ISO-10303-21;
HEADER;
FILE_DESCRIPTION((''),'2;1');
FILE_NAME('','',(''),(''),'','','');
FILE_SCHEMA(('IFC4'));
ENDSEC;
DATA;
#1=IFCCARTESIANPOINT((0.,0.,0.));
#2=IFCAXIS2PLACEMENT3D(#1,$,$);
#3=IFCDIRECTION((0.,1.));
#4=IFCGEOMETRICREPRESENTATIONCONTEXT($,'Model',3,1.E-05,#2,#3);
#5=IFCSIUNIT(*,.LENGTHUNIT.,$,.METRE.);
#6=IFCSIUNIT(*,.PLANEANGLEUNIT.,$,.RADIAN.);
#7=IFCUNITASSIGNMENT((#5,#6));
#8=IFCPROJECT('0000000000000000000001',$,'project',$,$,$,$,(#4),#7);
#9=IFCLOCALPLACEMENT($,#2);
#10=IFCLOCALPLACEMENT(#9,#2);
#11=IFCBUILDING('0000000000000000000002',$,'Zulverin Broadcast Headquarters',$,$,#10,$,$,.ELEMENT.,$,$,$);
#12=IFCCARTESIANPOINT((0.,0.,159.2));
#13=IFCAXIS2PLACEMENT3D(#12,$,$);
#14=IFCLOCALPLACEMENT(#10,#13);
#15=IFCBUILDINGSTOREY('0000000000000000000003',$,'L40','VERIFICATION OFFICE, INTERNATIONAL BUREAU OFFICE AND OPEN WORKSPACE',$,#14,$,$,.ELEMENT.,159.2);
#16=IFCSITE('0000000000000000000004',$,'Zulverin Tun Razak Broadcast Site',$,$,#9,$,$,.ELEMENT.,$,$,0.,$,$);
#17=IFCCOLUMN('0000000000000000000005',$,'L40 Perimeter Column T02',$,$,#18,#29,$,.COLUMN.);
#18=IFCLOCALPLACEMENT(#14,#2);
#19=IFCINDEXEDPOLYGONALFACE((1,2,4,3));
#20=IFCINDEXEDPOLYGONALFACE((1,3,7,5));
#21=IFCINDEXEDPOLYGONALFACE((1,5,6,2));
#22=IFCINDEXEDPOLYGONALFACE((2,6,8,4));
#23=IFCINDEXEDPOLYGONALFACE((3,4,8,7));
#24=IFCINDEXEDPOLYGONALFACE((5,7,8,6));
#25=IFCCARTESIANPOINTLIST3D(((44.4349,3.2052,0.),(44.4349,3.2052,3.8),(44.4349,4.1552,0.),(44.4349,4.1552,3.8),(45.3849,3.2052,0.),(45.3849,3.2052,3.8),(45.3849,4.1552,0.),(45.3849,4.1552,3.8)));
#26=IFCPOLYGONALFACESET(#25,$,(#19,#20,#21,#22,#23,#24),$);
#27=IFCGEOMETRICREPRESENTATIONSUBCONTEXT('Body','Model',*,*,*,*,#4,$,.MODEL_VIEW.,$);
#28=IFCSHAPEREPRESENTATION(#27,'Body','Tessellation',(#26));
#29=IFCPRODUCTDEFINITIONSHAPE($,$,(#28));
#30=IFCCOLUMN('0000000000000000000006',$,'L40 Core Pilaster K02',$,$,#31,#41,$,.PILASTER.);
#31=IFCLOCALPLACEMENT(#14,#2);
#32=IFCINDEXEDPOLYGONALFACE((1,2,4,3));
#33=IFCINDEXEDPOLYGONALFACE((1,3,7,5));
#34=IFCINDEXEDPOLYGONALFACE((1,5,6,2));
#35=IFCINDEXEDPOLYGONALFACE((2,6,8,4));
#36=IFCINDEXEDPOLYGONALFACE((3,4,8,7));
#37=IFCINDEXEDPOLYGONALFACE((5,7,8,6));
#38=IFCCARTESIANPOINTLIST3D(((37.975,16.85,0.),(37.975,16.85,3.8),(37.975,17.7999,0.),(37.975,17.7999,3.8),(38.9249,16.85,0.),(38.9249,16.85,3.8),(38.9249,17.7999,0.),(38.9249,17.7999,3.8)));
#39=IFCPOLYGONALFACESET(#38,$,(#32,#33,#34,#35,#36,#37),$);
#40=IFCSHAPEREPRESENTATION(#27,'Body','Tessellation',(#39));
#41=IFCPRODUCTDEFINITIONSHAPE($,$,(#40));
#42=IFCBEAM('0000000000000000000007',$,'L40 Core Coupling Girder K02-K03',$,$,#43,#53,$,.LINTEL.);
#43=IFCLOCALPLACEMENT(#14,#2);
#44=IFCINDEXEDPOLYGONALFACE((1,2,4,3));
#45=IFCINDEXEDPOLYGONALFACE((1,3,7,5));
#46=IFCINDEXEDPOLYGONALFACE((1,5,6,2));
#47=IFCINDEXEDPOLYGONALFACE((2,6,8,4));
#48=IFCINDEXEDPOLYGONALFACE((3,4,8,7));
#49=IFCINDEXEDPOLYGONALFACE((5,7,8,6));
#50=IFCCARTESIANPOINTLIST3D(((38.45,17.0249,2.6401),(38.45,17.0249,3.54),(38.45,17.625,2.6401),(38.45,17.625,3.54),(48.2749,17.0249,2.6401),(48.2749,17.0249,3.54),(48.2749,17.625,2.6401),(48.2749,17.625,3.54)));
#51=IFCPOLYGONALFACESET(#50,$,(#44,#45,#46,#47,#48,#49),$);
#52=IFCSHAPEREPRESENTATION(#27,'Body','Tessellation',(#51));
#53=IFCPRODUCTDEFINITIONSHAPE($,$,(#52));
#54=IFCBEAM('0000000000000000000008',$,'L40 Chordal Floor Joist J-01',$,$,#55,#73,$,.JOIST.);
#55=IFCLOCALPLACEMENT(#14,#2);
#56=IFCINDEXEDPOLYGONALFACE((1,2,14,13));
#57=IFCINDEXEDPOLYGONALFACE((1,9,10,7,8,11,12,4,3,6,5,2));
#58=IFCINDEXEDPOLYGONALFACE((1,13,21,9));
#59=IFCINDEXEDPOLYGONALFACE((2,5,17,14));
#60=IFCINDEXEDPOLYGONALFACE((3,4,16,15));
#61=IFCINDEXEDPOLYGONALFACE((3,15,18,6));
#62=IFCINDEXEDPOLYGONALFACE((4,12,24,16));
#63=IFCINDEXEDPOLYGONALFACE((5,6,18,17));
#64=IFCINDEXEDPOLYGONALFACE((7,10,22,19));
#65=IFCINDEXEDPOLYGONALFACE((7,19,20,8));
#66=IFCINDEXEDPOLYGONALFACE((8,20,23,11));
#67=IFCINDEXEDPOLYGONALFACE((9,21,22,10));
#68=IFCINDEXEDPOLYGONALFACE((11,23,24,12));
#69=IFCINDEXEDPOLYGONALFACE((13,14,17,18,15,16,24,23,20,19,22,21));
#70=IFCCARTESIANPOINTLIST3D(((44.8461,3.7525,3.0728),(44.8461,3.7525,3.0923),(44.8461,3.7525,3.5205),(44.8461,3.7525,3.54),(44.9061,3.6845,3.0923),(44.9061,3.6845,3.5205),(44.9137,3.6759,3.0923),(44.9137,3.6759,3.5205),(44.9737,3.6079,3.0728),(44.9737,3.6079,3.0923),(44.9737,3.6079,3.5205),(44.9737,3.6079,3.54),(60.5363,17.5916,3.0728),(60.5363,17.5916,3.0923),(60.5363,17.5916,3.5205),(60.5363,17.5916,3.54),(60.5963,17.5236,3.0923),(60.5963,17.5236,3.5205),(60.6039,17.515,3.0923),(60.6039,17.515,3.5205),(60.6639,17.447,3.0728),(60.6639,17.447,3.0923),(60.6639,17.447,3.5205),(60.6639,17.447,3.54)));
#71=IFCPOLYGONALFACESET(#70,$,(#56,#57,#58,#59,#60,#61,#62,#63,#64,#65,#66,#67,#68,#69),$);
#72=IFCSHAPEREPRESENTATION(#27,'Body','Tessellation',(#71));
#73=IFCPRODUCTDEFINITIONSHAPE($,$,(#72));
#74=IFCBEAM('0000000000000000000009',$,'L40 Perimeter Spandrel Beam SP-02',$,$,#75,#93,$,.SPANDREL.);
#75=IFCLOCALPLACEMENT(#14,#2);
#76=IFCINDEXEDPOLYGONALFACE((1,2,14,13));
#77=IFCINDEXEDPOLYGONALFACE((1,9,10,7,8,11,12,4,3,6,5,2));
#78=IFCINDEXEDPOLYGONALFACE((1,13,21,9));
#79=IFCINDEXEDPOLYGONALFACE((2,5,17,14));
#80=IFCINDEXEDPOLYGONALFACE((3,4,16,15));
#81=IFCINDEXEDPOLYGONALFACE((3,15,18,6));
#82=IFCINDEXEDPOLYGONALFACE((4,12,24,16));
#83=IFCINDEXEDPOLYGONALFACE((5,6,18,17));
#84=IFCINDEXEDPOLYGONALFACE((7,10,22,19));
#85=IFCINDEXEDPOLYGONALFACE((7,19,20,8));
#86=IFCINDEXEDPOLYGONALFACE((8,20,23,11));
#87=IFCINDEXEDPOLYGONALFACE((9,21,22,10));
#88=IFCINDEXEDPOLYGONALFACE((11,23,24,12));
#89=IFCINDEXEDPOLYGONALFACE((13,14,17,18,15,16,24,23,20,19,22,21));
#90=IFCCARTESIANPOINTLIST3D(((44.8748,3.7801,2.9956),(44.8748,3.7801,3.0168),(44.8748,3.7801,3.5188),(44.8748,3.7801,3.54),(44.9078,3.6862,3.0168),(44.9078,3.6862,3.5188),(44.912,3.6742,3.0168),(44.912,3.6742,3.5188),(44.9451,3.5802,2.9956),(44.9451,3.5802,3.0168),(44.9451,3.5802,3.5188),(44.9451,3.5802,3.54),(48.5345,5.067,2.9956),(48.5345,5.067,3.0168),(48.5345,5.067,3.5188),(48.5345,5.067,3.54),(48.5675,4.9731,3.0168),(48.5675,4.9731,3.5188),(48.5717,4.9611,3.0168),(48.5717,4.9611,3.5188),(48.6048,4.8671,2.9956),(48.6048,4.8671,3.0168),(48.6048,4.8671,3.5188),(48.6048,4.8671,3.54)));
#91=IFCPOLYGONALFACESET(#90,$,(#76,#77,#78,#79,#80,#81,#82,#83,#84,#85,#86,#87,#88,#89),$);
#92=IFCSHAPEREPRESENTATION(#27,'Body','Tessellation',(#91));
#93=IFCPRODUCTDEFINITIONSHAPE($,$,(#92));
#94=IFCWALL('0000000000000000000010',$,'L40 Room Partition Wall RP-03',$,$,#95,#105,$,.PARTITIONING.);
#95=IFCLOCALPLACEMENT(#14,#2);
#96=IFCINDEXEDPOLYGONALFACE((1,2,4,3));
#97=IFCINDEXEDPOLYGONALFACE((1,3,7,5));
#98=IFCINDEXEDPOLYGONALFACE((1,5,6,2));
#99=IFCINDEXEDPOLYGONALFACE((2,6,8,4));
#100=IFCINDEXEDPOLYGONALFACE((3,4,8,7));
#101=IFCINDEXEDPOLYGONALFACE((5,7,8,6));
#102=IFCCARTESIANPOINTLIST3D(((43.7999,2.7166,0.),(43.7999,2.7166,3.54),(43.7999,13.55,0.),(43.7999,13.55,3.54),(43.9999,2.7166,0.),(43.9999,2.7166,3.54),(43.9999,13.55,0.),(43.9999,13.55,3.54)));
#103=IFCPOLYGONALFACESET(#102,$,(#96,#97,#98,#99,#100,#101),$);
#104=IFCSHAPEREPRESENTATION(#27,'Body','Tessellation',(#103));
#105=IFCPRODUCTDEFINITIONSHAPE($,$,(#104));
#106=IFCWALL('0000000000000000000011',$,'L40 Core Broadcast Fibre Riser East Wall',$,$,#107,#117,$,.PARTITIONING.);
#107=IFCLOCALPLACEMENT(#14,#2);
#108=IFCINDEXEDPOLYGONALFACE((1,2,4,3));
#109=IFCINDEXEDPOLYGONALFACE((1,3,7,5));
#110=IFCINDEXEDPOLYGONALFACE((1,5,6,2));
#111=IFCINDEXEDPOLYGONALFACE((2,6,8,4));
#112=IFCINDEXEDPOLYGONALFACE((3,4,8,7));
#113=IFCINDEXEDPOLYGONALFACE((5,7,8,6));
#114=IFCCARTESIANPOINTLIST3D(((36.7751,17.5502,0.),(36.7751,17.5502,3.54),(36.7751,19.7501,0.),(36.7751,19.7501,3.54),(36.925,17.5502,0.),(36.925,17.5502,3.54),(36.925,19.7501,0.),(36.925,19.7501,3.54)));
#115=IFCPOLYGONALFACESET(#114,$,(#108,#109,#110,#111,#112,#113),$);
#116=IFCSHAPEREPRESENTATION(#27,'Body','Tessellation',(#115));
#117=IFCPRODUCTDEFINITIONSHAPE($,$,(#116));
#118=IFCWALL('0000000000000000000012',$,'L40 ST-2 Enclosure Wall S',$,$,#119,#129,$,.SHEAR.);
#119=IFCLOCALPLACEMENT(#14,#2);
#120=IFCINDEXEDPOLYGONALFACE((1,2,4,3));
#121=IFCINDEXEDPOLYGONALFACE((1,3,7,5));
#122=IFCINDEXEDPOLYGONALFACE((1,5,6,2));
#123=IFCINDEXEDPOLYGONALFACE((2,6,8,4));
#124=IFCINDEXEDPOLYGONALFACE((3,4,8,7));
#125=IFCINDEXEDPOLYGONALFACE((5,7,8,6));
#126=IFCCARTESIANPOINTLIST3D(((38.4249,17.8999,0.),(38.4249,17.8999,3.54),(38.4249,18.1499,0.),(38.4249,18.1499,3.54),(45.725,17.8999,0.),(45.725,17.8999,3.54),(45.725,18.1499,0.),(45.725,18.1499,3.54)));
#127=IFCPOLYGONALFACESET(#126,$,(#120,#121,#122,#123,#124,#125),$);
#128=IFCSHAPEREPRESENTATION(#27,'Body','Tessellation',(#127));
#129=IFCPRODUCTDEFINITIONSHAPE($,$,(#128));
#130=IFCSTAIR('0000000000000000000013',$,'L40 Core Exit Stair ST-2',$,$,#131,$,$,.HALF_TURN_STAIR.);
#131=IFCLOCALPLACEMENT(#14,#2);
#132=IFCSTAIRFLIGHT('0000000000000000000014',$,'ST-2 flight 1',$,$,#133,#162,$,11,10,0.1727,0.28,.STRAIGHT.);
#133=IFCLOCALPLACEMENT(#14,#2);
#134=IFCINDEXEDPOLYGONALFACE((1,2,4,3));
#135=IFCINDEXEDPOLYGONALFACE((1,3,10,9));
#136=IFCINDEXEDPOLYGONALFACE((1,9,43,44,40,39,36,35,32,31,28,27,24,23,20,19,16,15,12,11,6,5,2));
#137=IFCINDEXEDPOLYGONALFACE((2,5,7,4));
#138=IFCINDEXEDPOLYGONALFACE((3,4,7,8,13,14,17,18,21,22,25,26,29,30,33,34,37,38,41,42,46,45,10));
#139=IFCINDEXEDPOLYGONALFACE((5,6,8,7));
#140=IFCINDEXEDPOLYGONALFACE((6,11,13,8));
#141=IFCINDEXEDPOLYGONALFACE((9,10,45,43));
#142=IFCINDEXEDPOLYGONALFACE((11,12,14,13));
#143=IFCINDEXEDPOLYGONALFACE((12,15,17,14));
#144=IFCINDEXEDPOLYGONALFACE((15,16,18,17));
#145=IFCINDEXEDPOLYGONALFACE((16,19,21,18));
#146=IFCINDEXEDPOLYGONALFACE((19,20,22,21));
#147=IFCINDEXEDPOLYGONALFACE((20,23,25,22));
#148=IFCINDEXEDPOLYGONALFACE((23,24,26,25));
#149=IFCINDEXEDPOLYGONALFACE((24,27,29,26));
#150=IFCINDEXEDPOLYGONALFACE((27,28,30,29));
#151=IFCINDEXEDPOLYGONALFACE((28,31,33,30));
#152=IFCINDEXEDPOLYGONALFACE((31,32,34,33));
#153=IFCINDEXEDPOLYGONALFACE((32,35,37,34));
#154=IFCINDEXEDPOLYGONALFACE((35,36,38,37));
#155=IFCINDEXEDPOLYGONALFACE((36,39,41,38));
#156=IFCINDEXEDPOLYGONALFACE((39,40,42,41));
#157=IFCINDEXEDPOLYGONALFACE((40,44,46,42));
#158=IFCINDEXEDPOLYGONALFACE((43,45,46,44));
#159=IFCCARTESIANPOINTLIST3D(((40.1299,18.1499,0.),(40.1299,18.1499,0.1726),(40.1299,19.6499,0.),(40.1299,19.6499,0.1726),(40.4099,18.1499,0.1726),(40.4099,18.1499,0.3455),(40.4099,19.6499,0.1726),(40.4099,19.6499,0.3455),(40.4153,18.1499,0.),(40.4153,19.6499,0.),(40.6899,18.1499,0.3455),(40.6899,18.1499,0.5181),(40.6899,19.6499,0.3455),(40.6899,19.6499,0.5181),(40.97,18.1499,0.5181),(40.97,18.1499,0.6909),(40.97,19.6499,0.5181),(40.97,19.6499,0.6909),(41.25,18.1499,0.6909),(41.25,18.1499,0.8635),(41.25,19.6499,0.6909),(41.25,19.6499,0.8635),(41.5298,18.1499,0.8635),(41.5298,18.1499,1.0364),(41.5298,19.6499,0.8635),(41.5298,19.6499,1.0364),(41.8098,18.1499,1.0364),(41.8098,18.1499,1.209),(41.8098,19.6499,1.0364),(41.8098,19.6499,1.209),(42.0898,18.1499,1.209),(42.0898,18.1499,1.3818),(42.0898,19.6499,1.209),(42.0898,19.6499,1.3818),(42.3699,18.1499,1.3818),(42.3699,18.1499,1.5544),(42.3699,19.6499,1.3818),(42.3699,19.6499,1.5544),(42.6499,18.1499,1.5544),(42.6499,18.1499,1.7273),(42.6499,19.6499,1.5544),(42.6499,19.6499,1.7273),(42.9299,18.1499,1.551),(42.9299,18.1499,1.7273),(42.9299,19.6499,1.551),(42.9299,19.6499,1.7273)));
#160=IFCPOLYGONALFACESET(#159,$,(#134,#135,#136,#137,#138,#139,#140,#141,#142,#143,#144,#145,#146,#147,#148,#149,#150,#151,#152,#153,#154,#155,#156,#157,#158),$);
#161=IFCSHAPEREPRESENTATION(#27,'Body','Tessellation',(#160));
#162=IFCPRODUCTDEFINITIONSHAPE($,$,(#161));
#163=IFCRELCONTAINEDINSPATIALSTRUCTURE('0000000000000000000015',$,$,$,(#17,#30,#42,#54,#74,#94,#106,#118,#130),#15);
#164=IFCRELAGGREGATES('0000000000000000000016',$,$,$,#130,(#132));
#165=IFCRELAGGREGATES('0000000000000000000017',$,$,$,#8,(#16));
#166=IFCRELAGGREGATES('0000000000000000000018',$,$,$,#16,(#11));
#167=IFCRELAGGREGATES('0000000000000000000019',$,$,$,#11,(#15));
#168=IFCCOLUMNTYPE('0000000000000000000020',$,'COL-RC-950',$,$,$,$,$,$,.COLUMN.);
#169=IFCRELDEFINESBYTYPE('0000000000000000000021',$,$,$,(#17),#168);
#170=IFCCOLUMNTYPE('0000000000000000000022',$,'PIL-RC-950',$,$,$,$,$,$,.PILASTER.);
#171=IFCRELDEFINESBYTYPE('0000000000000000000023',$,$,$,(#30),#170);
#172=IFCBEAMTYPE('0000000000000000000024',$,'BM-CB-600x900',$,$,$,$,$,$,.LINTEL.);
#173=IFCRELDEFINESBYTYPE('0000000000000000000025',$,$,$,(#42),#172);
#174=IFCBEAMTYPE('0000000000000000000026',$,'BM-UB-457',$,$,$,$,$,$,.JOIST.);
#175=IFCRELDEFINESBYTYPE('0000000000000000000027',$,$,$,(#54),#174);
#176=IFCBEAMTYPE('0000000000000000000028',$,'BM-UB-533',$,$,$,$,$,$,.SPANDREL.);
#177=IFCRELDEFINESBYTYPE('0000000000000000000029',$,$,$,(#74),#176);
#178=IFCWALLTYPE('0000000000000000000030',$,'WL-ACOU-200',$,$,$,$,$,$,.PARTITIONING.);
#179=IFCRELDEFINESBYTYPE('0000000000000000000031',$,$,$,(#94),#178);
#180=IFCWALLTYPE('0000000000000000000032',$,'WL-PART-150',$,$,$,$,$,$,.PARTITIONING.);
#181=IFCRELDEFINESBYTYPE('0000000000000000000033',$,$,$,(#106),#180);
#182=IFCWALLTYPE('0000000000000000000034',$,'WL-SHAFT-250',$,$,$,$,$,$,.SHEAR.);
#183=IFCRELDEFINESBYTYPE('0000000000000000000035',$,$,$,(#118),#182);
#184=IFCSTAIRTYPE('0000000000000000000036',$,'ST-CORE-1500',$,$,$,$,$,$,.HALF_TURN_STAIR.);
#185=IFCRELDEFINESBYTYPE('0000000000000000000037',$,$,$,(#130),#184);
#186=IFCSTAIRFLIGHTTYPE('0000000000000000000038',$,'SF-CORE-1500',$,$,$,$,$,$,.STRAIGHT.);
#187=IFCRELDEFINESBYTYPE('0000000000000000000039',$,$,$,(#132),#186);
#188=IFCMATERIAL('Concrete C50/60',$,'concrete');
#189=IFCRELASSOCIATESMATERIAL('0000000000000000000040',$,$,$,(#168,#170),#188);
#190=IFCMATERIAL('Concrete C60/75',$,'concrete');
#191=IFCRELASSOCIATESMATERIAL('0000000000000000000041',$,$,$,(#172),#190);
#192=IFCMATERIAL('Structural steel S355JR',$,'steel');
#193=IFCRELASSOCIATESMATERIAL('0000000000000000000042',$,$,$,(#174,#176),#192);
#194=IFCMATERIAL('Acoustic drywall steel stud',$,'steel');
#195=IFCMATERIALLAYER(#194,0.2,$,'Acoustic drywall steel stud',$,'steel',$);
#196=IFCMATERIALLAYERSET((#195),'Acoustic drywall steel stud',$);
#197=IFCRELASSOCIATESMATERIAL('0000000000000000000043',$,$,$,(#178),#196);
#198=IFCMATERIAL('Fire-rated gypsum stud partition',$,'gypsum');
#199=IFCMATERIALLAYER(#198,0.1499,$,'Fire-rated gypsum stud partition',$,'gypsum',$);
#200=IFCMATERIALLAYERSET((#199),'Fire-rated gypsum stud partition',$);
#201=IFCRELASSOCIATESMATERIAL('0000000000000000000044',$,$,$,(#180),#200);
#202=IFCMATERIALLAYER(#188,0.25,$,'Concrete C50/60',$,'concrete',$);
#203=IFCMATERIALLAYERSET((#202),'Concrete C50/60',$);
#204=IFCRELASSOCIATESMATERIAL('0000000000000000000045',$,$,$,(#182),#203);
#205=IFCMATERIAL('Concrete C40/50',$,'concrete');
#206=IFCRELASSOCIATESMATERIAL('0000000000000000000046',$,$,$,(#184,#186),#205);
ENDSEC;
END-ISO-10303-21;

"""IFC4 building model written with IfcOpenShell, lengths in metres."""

from ifc_helpers import new_model, si_unit, direction, frame, frame_2d, origin, origin_2d, place, context, subcontext, project, spatial, polyline, rectangle, i_section, outline, extrude, material, layer, layer_set, material_profile, profile_set, type_object, element, aggregate, save


model = new_model("IFC4")

# Units and contexts
model_context = context("Model", 3, precision=1e-05, world=origin(), true_north=direction((0.0, 1.0)))
body_context = subcontext(model_context, "Body", "Model", "MODEL_VIEW")
ifc_project = project(units=[si_unit("LENGTHUNIT", "METRE"), si_unit("PLANEANGLEUNIT", "RADIAN")], contexts=[model_context])

# Site, building, storey
site_placement = place(None, origin())
site = spatial("IfcSite", under=ifc_project, at=site_placement, Name="Zulverin Tun Razak Broadcast Site", CompositionType="ELEMENT", RefElevation=0.0)
building_placement = place(site_placement, origin())
building = spatial("IfcBuilding", under=site, at=building_placement, Name="Zulverin Broadcast Headquarters", CompositionType="ELEMENT")
storey_placement = place(building_placement, frame((0.0, 0.0, 159.2)))
storey = spatial("IfcBuildingStorey", under=building, at=storey_placement, Name="L40", Description="VERIFICATION OFFICE, INTERNATIONAL BUREAU OFFICE AND OPEN WORKSPACE", CompositionType="ELEMENT", Elevation=159.2)

# Columns
ifc_material_1 = material(Name="Concrete C50/60", Category="concrete")
ifc_material_profile_1 = material_profile(ifc_material_1, rectangle(XDim=0.95, YDim=0.95, at=origin_2d()), Name="Concrete C50/60", Category="concrete")
ifc_profile_set_1 = profile_set([ifc_material_profile_1], Name="Concrete C50/60")
column_type_1 = type_object("IfcColumnType", Name="COL-RC-950", PredefinedType="COLUMN", material=ifc_profile_set_1)
column_1_placement = place(storey_placement, frame((44.9099, 3.6802, 0.0), z_axis=(0.0, 0.0, 1.0), x_axis=(1.0, 0.0, 0.0)))
element("IfcColumn", 1, at=column_1_placement, inside=storey, type_object=column_type_1, Name="L40 Perimeter Column T02", PredefinedType="COLUMN", context=body_context, shape_type="SweptSolid", body=[
    extrude(rectangle(XDim=0.95, YDim=0.95, at=origin_2d()), origin(), (0.0, 0.0, 1.0), 3.8),
])
ifc_material_profile_2 = material_profile(ifc_material_1, rectangle(XDim=0.95, YDim=0.95, at=origin_2d()), Name="Concrete C50/60", Category="concrete")
ifc_profile_set_2 = profile_set([ifc_material_profile_2], Name="Concrete C50/60")
column_type_2 = type_object("IfcColumnType", Name="PIL-RC-950", PredefinedType="PILASTER", material=ifc_profile_set_2)
column_2_placement = place(storey_placement, frame((38.45, 17.325, 0.0), z_axis=(0.0, 0.0, 1.0), x_axis=(1.0, 0.0, 0.0)))
element("IfcColumn", 2, at=column_2_placement, inside=storey, type_object=column_type_2, Name="L40 Core Pilaster K02", PredefinedType="PILASTER", context=body_context, shape_type="SweptSolid", body=[
    extrude(rectangle(XDim=0.95, YDim=0.95, at=origin_2d()), origin(), (0.0, 0.0, 1.0), 3.8),
])

# Beams
ifc_material_2 = material(Name="Concrete C60/75", Category="concrete")
ifc_material_profile_3 = material_profile(ifc_material_2, rectangle(XDim=0.6001, YDim=0.8999, at=origin_2d()), Name="Concrete C60/75", Category="concrete")
ifc_profile_set_3 = profile_set([ifc_material_profile_3], Name="Concrete C60/75")
beam_type_1 = type_object("IfcBeamType", Name="BM-CB-600x900", PredefinedType="LINTEL", material=ifc_profile_set_3)
beam_1_placement = place(storey_placement, frame((38.45, 17.325, 3.0901), z_axis=(1.0, 0.0, 0.0), x_axis=(0.0, 1.0, 0.0)))
element("IfcBeam", 3, at=beam_1_placement, inside=storey, type_object=beam_type_1, Name="L40 Core Coupling Girder K02-K03", PredefinedType="LINTEL", context=body_context, shape_type="SweptSolid", body=[
    extrude(rectangle(XDim=0.6001, YDim=0.8999, at=origin_2d()), origin(), (0.0, 0.0, 1.0), 9.825),
])
ifc_material_3 = material(Name="Structural steel S355JR", Category="steel")
ifc_material_profile_4 = material_profile(ifc_material_3, i_section(OverallWidth=0.1929, OverallDepth=0.4673, WebThickness=0.0115, FlangeThickness=0.0195, at=origin_2d()), Name="Structural steel S355JR", Category="steel")
ifc_profile_set_4 = profile_set([ifc_material_profile_4], Name="Structural steel S355JR")
beam_type_2 = type_object("IfcBeamType", Name="BM-UB-457", PredefinedType="JOIST", material=ifc_profile_set_4)
beam_2_placement = place(storey_placement, frame((44.9099, 3.6802, 3.3064), z_axis=(0.74996, 0.661483, 0.0), x_axis=(-0.661483, 0.74996, 0.0)))
element("IfcBeam", 4, at=beam_2_placement, inside=storey, type_object=beam_type_2, Name="L40 Chordal Floor Joist J-01", PredefinedType="JOIST", context=body_context, shape_type="SweptSolid", body=[
    extrude(i_section(OverallWidth=0.1929, OverallDepth=0.4673, WebThickness=0.0115, FlangeThickness=0.0195, at=origin_2d()), origin(), (0.0, 0.0, 1.0), 20.9214),
])
ifc_material_profile_5 = material_profile(ifc_material_3, i_section(OverallWidth=0.2119, OverallDepth=0.5444, WebThickness=0.0127, FlangeThickness=0.0212, at=origin_2d()), Name="Structural steel S355JR", Category="steel")
ifc_profile_set_5 = profile_set([ifc_material_profile_5], Name="Structural steel S355JR")
beam_type_3 = type_object("IfcBeamType", Name="BM-UB-533", PredefinedType="SPANDREL", material=ifc_profile_set_5)
beam_3_placement = place(storey_placement, frame((44.9099, 3.6802, 3.2678), z_axis=(0.943377, 0.331724, 0.0), x_axis=(-0.331724, 0.943377, 0.0)))
element("IfcBeam", 5, at=beam_3_placement, inside=storey, type_object=beam_type_3, Name="L40 Perimeter Spandrel Beam SP-02", PredefinedType="SPANDREL", context=body_context, shape_type="SweptSolid", body=[
    extrude(i_section(OverallWidth=0.2119, OverallDepth=0.5444, WebThickness=0.0127, FlangeThickness=0.0212, at=origin_2d()), origin(), (0.0, 0.0, 1.0), 3.8794),
])

# Walls
ifc_material_4 = material(Name="Acoustic drywall steel stud", Category="steel")
ifc_layer_1 = layer(ifc_material_4, 0.2, Name="Acoustic drywall steel stud", Category="steel")
ifc_layer_set_1 = layer_set([ifc_layer_1], Name="Acoustic drywall steel stud")
wall_type_1 = type_object("IfcWallType", Name="WL-ACOU-200", PredefinedType="PARTITIONING", material=ifc_layer_set_1)
wall_1_placement = place(storey_placement, frame((43.8999, 2.7166, 0.0), z_axis=(0.0, 0.0, 1.0), x_axis=(0.0, 1.0, 0.0)))
element("IfcWall", 6, at=wall_1_placement, inside=storey, type_object=wall_type_1, Name="L40 Room Partition Wall RP-03", PredefinedType="PARTITIONING", context=body_context, shape_type="SweptSolid", body=[
    extrude(rectangle(XDim=10.8335, YDim=0.2, at=frame_2d((5.4167, 0.0))), origin(), (0.0, 0.0, 1.0), 3.54),
])
ifc_material_5 = material(Name="Fire-rated gypsum stud partition", Category="gypsum")
ifc_layer_2 = layer(ifc_material_5, 0.1499, Name="Fire-rated gypsum stud partition", Category="gypsum")
ifc_layer_set_2 = layer_set([ifc_layer_2], Name="Fire-rated gypsum stud partition")
wall_type_2 = type_object("IfcWallType", Name="WL-PART-150", PredefinedType="PARTITIONING", material=ifc_layer_set_2)
wall_2_placement = place(storey_placement, frame((36.8501, 17.55, 0.0), z_axis=(0.0, 0.0, 1.0), x_axis=(0.0, 1.0, 0.0)))
element("IfcWall", 7, at=wall_2_placement, inside=storey, type_object=wall_type_2, Name="L40 Core Broadcast Fibre Riser East Wall", PredefinedType="PARTITIONING", context=body_context, shape_type="SweptSolid", body=[
    extrude(rectangle(XDim=2.2, YDim=0.1499, at=frame_2d((1.1001, 0.0))), origin(), (0.0, 0.0, 1.0), 3.54),
])
ifc_layer_3 = layer(ifc_material_1, 0.25, Name="Concrete C50/60", Category="concrete")
ifc_layer_set_3 = layer_set([ifc_layer_3], Name="Concrete C50/60")
wall_type_3 = type_object("IfcWallType", Name="WL-SHAFT-250", PredefinedType="SHEAR", material=ifc_layer_set_3)
wall_3_placement = place(storey_placement, frame((38.425, 18.0249, 0.0), z_axis=(0.0, 0.0, 1.0), x_axis=(1.0, 0.0, 0.0)))
element("IfcWall", 8, at=wall_3_placement, inside=storey, type_object=wall_type_3, Name="L40 ST-2 Enclosure Wall S", PredefinedType="SHEAR", context=body_context, shape_type="SweptSolid", body=[
    extrude(rectangle(XDim=7.3, YDim=0.25, at=frame_2d((3.6499, 0.0))), origin(), (0.0, 0.0, 1.0), 3.54),
])

# Stair, stair flight
ifc_material_6 = material(Name="Concrete C40/50", Category="concrete")
stair_type = type_object("IfcStairType", Name="ST-CORE-1500", PredefinedType="HALF_TURN_STAIR", material=ifc_material_6)
stair_placement = place(storey_placement, origin())
stair = element("IfcStair", 9, at=stair_placement, inside=storey, type_object=stair_type, Name="L40 Core Exit Stair ST-2", PredefinedType="HALF_TURN_STAIR")
stair_flight_type = type_object("IfcStairFlightType", Name="SF-CORE-1500", PredefinedType="STRAIGHT", material=ifc_material_6)
stair_flight_placement = place(storey_placement, frame((40.1299, 18.8999, 0.0), z_axis=(0.0, 0.0, 1.0), x_axis=(1.0, 0.0, 0.0)))
stair_flight = element("IfcStairFlight", 10, at=stair_flight_placement, type_object=stair_flight_type, Name="ST-2 flight 1", NumberOfRisers=11, NumberOfTreads=10, PredefinedType="STRAIGHT", RiserHeight=0.1727, TreadLength=0.28, context=body_context, shape_type="SweptSolid", body=[
    extrude(outline(polyline([(0.0, 0.0), (0.0, 0.1726), (0.28, 0.1726), (0.28, 0.3455), (0.5601, 0.3455), (0.5601, 0.5181), (0.8401, 0.5181), (0.8401, 0.6909), (1.1201, 0.6909), (1.1201, 0.8635), (1.3999, 0.8635), (1.3999, 1.0364), (1.6799, 1.0364), (1.6799, 1.209), (1.96, 1.209), (1.96, 1.3818), (2.24, 1.3818), (2.24, 1.5544), (2.52, 1.5544), (2.52, 1.7273), (2.8, 1.7273), (2.8, 1.8999), (2.8, 1.551), (0.2854, 0.0), (0.0, 0.0)])), frame((0.0, 0.75, 0.0), z_axis=(0.0, -1.0, 0.0), x_axis=(1.0, 0.0, 0.0)), (0.0, 0.0, 1.0), 1.5),
])
aggregate(stair, [stair_flight])

save(model, "model.ifc")
